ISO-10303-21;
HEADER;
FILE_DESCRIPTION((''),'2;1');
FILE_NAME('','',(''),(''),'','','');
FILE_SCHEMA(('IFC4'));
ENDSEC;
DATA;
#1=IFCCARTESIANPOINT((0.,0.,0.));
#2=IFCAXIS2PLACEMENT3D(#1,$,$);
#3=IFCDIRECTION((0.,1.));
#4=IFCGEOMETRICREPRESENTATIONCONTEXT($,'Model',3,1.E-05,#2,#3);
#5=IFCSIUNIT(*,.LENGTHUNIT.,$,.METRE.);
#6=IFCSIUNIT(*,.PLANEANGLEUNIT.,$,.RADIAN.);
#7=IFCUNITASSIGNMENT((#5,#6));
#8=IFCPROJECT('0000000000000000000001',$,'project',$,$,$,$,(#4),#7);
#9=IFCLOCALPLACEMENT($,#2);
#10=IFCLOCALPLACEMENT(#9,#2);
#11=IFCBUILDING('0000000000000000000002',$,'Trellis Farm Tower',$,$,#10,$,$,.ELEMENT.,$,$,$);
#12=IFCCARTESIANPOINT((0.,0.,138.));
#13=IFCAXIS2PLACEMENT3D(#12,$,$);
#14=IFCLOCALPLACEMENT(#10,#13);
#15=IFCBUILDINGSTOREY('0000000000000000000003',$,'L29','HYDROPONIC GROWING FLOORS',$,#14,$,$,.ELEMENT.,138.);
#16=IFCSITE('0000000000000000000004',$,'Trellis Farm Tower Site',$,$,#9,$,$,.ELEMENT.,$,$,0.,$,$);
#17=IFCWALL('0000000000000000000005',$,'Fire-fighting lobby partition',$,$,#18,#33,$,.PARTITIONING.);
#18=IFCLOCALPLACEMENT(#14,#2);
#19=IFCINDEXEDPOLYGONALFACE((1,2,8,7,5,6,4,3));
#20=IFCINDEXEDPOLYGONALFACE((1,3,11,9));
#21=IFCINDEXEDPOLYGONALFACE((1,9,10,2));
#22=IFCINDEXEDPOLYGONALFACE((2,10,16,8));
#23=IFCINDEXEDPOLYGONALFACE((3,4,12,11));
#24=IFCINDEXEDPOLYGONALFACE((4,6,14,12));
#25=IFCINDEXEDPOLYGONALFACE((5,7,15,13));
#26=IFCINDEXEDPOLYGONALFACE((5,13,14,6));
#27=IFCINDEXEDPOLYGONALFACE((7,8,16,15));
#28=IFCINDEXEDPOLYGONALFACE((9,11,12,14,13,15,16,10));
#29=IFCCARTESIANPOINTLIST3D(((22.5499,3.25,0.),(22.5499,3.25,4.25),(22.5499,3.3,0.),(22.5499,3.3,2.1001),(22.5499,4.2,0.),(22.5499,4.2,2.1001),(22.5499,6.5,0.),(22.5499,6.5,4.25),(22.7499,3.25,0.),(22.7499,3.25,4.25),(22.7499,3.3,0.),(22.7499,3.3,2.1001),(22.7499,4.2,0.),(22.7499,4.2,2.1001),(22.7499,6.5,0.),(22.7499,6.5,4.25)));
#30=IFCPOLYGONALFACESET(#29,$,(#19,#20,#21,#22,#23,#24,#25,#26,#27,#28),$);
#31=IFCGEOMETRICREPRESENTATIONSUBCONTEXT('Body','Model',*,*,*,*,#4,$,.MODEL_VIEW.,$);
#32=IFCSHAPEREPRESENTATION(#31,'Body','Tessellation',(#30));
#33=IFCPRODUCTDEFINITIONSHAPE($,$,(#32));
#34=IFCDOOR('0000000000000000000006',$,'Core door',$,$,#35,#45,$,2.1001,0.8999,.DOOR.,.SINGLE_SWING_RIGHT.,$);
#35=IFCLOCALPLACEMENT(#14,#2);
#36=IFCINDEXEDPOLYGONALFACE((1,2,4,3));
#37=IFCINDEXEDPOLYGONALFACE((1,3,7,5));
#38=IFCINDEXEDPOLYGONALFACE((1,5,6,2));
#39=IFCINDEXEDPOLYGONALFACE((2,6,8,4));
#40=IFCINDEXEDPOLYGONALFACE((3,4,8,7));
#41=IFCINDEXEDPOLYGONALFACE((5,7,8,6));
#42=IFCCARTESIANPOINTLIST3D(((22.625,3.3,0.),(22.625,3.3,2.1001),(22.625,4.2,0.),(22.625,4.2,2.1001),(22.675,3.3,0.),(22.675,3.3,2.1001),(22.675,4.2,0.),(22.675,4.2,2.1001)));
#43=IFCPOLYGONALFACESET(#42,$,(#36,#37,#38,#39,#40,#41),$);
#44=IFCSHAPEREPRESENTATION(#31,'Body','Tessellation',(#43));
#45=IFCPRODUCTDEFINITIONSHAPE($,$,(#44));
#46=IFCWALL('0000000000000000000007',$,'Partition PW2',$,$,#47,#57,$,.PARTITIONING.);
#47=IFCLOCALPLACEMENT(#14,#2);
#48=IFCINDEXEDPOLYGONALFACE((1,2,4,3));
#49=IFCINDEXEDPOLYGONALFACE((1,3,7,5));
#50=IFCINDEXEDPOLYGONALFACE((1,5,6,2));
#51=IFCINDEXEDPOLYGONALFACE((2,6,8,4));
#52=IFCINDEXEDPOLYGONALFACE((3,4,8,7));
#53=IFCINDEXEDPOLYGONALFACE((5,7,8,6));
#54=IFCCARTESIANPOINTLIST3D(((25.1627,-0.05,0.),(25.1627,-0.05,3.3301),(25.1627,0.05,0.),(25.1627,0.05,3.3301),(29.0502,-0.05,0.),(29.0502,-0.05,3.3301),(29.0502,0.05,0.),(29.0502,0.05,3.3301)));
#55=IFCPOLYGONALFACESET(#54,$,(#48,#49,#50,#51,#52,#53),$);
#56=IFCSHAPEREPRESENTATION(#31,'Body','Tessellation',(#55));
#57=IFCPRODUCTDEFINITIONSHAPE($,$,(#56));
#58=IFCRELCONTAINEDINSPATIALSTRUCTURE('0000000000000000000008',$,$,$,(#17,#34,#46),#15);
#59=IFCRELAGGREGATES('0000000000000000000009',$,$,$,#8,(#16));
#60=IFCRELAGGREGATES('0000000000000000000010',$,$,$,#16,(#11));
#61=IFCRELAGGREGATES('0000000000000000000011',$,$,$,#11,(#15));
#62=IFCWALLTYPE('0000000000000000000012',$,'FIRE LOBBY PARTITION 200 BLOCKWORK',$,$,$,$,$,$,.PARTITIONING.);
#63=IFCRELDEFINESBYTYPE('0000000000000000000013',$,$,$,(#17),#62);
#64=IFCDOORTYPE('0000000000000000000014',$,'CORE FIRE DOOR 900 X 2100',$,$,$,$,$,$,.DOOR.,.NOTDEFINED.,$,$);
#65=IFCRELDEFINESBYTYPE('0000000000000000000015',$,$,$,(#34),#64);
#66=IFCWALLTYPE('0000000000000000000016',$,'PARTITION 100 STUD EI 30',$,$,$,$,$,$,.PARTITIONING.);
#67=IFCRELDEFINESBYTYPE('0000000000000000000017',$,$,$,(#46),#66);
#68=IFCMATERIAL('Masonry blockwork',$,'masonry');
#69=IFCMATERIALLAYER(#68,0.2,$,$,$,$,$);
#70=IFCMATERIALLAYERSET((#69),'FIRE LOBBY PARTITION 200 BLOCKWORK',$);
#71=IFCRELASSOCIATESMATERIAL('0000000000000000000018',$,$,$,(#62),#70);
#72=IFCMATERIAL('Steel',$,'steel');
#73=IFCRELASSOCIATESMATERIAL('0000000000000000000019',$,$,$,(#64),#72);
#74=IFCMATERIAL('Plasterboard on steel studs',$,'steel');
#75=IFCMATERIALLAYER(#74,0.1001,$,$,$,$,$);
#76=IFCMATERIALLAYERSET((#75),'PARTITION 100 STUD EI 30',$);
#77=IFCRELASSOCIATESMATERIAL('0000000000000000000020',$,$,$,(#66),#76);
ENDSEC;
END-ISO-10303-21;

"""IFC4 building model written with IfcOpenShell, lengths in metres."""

from ifc_helpers import new_model, si_unit, direction, frame, frame_2d, origin, place, context, subcontext, project, spatial, rectangle, extrude, source, transform, mapped, material, layer, layer_set, type_object, element, fill, save


model = new_model("IFC4")

# Units and contexts
model_context = context("Model", 3, precision=1e-05, world=origin(), true_north=direction((0.0, 1.0)))
body_context = subcontext(model_context, "Body", "Model", "MODEL_VIEW")
ifc_project = project(units=[si_unit("LENGTHUNIT", "METRE"), si_unit("PLANEANGLEUNIT", "RADIAN")], contexts=[model_context])

# Site, building, storey
site_placement = place(None, origin())
site = spatial("IfcSite", under=ifc_project, at=site_placement, Name="Trellis Farm Tower Site", CompositionType="ELEMENT", RefElevation=0.0)
building_placement = place(site_placement, origin())
building = spatial("IfcBuilding", under=site, at=building_placement, Name="Trellis Farm Tower", CompositionType="ELEMENT")
storey_placement = place(building_placement, frame((0.0, 0.0, 138.0)))
storey = spatial("IfcBuildingStorey", under=building, at=storey_placement, Name="L29", Description="HYDROPONIC GROWING FLOORS", CompositionType="ELEMENT", Elevation=138.0)

# Wall, opening, door
ifc_material_1 = material(Name="Masonry blockwork", Category="masonry")
ifc_layer_1 = layer(ifc_material_1, 0.2)
ifc_layer_set_1 = layer_set([ifc_layer_1], Name="FIRE LOBBY PARTITION 200 BLOCKWORK")
wall_type_1 = type_object("IfcWallType", Name="FIRE LOBBY PARTITION 200 BLOCKWORK", PredefinedType="PARTITIONING", material=ifc_layer_set_1)
shared_shape_1 = source(origin(), body_context, "Body", "SweptSolid", [
    extrude(rectangle(XDim=3.25, YDim=0.2, at=frame_2d((1.625, 0.0))), origin(), (0.0, 0.0, 1.0), 4.25),
])
ifc_material_2 = material(Name="Steel", Category="steel")
wall_1_placement = place(storey_placement, frame((22.6499, 3.25, 0.0), z_axis=(0.0, 0.0, 1.0), x_axis=(0.0, 1.0, 0.0)))
wall_1 = element("IfcWall", 1, at=wall_1_placement, inside=storey, type_object=wall_type_1, Name="Fire-fighting lobby partition", PredefinedType="PARTITIONING", context=body_context, shape_type="MappedRepresentation", body=[
    mapped(shared_shape_1, transform((0.0, 0.0, 0.0))),
])
shared_shape_2 = source(origin(), body_context, "Body", "SweptSolid", [
    extrude(rectangle(XDim=0.8999, YDim=2.1001, at=frame_2d((0.45, 1.05))), frame((0.0, 0.1101, 0.0), z_axis=(0.0, -1.0, 0.0), x_axis=(1.0, 0.0, 0.0)), (0.0, 0.0, 1.0), 0.2202),
])
opening_1_placement = place(wall_1_placement, frame((0.05, 0.0, 0.0)))
opening_1 = element("IfcOpeningElement", 2, at=opening_1_placement, cuts=wall_1, PredefinedType="OPENING", context=body_context, shape_type="MappedRepresentation", body=[
    mapped(shared_shape_2, transform((0.0, 0.0, 0.0))),
])
door_type_1 = type_object("IfcDoorType", Name="CORE FIRE DOOR 900 X 2100", OperationType="NOTDEFINED", PredefinedType="DOOR", material=ifc_material_2)
shared_shape_3 = source(origin(), body_context, "Body", "SweptSolid", [
    extrude(rectangle(XDim=0.8999, YDim=2.1001, at=frame_2d((0.45, 1.05))), frame((0.0, 0.0249, 0.0), z_axis=(0.0, -1.0, 0.0), x_axis=(1.0, 0.0, 0.0)), (0.0, 0.0, 1.0), 0.05),
])
door_1_placement = place(opening_1_placement, origin())
door_1 = element("IfcDoor", 3, at=door_1_placement, inside=storey, type_object=door_type_1, Name="Core door", OperationType="SINGLE_SWING_RIGHT", OverallHeight=2.1001, OverallWidth=0.8999, PredefinedType="DOOR", context=body_context, shape_type="MappedRepresentation", body=[
    mapped(shared_shape_3, transform((0.0, 0.0, 0.0))),
])
fill(opening_1, door_1)

# Wall
ifc_material_3 = material(Name="Plasterboard on steel studs", Category="steel")
ifc_layer_2 = layer(ifc_material_3, 0.1001)
ifc_layer_set_2 = layer_set([ifc_layer_2], Name="PARTITION 100 STUD EI 30")
wall_type_2 = type_object("IfcWallType", Name="PARTITION 100 STUD EI 30", PredefinedType="PARTITIONING", material=ifc_layer_set_2)
shared_shape_4 = source(origin(), body_context, "Body", "SweptSolid", [
    extrude(rectangle(XDim=3.8875, YDim=0.1001, at=frame_2d((1.9438, 0.0))), origin(), (0.0, 0.0, 1.0), 3.3301),
])
wall_2_placement = place(storey_placement, frame((25.1626, 0.0, 0.0), z_axis=(0.0, 0.0, 1.0), x_axis=(1.0, 0.0, 0.0)))
element("IfcWall", 4, at=wall_2_placement, inside=storey, type_object=wall_type_2, Name="Partition PW2", PredefinedType="PARTITIONING", context=body_context, shape_type="MappedRepresentation", body=[
    mapped(shared_shape_4, transform((0.0, 0.0, 0.0))),
])

save(model, "model.ifc")
